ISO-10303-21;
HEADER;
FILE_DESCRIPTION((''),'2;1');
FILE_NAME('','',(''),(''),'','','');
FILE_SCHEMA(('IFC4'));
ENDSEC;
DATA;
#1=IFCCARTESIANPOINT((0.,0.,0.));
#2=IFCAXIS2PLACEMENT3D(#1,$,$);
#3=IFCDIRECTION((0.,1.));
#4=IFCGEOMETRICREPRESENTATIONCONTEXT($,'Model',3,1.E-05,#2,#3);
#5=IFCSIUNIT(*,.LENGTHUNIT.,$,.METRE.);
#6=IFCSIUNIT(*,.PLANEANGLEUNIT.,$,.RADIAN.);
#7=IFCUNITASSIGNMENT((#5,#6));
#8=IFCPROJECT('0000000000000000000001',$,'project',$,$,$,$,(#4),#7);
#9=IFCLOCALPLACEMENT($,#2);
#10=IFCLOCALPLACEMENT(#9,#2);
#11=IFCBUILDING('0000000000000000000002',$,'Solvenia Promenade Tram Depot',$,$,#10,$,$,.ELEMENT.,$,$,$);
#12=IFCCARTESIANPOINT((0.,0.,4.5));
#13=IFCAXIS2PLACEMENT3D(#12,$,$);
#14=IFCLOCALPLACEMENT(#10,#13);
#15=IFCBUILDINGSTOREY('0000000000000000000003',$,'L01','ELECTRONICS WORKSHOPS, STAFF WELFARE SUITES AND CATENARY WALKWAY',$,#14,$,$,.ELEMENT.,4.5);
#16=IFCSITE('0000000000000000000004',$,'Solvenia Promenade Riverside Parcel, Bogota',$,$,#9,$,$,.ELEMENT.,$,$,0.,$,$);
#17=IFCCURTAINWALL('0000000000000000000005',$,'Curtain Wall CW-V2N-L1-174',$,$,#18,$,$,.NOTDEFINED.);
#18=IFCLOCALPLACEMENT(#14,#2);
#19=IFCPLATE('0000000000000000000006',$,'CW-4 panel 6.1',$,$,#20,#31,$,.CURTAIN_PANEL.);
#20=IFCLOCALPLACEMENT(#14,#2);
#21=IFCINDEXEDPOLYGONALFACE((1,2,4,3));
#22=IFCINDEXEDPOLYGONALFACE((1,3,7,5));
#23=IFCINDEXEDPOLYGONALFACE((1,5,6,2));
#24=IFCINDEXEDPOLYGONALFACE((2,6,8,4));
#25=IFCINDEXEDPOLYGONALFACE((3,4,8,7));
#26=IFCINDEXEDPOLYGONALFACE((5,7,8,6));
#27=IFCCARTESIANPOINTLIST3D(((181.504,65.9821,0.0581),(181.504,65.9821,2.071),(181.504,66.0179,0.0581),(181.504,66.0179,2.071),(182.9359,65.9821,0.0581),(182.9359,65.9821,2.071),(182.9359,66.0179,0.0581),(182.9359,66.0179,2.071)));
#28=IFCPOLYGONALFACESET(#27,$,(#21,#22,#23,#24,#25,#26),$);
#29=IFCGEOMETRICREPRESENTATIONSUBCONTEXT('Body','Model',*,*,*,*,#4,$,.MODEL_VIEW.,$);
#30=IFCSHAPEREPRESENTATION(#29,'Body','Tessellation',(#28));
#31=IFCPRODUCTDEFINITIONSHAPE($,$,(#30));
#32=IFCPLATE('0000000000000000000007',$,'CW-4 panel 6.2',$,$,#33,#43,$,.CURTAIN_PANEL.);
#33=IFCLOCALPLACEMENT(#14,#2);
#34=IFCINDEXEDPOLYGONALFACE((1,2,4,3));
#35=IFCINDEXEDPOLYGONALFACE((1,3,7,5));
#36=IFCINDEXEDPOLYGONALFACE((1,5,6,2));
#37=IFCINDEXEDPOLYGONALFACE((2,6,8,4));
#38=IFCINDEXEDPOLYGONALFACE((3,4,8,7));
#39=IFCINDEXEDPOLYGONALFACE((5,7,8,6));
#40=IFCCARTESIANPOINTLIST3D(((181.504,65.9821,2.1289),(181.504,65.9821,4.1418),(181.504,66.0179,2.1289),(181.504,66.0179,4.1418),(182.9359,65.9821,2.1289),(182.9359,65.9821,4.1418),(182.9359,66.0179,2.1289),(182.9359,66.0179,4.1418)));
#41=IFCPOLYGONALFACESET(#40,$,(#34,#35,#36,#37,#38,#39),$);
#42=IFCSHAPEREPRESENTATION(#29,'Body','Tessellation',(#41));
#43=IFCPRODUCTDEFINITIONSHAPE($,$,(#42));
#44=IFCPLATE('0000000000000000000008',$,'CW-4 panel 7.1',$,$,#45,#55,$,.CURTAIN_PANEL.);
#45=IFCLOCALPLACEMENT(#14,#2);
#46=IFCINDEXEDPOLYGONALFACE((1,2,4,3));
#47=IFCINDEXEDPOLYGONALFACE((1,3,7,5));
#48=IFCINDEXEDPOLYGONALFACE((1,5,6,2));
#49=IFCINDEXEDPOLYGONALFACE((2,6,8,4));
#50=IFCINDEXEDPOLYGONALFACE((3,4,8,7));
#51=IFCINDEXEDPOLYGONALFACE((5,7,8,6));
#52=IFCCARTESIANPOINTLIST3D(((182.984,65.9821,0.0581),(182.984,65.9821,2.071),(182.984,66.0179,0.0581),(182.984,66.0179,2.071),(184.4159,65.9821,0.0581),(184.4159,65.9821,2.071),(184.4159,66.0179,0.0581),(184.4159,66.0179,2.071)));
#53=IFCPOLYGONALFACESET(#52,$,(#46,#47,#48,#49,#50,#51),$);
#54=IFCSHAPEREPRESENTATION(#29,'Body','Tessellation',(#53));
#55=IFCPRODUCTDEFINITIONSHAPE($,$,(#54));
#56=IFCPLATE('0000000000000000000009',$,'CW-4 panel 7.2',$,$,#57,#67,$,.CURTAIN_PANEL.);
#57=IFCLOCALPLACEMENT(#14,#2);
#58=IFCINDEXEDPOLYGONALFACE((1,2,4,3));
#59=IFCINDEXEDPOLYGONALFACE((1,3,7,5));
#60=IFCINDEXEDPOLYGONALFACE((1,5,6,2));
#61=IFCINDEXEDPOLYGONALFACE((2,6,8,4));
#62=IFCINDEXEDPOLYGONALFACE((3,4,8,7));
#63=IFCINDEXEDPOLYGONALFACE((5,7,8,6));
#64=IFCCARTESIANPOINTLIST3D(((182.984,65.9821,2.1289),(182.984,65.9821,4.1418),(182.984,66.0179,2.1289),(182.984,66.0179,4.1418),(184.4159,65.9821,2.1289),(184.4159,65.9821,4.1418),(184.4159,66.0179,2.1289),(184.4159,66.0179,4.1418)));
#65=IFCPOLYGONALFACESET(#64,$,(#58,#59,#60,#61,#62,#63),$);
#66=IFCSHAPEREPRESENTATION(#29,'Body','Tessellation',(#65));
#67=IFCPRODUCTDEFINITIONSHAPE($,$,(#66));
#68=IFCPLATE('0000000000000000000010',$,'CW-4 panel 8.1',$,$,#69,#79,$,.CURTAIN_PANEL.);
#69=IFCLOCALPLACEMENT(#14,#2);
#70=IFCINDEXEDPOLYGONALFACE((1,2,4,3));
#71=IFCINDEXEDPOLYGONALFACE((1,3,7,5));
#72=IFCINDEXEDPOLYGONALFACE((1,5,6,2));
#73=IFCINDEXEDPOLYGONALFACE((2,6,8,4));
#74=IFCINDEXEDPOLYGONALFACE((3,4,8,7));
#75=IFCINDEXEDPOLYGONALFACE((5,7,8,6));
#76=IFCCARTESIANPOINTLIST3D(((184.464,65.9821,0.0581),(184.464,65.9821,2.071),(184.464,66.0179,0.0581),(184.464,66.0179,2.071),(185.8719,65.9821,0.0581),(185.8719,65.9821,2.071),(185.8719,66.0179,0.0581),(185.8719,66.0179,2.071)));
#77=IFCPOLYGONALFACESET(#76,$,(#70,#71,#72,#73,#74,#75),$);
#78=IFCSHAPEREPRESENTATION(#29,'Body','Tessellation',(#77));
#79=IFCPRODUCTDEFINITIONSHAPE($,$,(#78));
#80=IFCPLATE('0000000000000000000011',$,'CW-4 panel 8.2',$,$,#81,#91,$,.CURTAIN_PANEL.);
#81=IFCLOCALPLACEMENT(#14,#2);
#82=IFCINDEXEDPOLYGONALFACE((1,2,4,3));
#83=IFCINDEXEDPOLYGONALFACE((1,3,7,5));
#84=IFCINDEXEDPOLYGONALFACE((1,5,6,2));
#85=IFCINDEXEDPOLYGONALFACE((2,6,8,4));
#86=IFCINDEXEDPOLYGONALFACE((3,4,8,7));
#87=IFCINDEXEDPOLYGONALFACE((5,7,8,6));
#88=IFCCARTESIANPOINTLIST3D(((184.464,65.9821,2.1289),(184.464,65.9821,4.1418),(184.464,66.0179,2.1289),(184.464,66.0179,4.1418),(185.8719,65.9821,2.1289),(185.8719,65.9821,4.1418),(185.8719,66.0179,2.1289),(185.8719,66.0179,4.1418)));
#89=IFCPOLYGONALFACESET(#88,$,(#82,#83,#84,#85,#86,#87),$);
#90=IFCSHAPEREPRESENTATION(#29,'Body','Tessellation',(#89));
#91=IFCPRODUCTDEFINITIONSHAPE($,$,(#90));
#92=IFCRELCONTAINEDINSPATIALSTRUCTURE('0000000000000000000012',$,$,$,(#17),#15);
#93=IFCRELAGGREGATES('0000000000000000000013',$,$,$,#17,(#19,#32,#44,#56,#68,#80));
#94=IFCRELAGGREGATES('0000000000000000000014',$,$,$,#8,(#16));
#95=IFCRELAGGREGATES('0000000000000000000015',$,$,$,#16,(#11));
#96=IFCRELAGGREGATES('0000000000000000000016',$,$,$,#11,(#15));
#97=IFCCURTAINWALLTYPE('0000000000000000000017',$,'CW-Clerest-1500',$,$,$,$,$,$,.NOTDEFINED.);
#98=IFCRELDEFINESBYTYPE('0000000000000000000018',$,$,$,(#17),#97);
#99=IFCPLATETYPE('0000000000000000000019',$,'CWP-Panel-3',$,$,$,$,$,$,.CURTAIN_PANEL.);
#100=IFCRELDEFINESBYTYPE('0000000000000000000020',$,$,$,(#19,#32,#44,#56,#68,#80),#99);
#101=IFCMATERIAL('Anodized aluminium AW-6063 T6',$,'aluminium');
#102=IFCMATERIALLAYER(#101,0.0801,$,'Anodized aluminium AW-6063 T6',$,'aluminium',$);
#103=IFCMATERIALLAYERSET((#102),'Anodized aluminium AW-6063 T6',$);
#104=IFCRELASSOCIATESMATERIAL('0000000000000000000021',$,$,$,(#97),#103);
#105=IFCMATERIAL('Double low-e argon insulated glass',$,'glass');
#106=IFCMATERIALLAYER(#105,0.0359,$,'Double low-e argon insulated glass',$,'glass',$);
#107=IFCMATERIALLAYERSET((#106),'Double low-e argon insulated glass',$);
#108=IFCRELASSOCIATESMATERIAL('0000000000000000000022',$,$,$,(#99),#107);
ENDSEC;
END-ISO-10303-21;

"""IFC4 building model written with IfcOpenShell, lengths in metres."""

from ifc_helpers import new_model, si_unit, direction, frame, origin, origin_2d, place, context, subcontext, project, spatial, rectangle, extrude, material, layer, layer_set, type_object, element, aggregate, save


model = new_model("IFC4")

# Units and contexts
model_context = context("Model", 3, precision=1e-05, world=origin(), true_north=direction((0.0, 1.0)))
body_context = subcontext(model_context, "Body", "Model", "MODEL_VIEW")
ifc_project = project(units=[si_unit("LENGTHUNIT", "METRE"), si_unit("PLANEANGLEUNIT", "RADIAN")], contexts=[model_context])

# Site, building, storey
site_placement = place(None, origin())
site = spatial("IfcSite", under=ifc_project, at=site_placement, Name="Solvenia Promenade Riverside Parcel, Bogota", CompositionType="ELEMENT", RefElevation=0.0)
building_placement = place(site_placement, origin())
building = spatial("IfcBuilding", under=site, at=building_placement, Name="Solvenia Promenade Tram Depot", CompositionType="ELEMENT")
storey_placement = place(building_placement, frame((0.0, 0.0, 4.5)))
storey = spatial("IfcBuildingStorey", under=building, at=storey_placement, Name="L01", Description="ELECTRONICS WORKSHOPS, STAFF WELFARE SUITES AND CATENARY WALKWAY", CompositionType="ELEMENT", Elevation=4.5)

# Curtain wall, plates
ifc_material_1 = material(Name="Anodized aluminium AW-6063 T6", Category="aluminium")
ifc_layer_1 = layer(ifc_material_1, 0.0801, Name="Anodized aluminium AW-6063 T6", Category="aluminium")
ifc_layer_set_1 = layer_set([ifc_layer_1], Name="Anodized aluminium AW-6063 T6")
curtain_wall_type = type_object("IfcCurtainWallType", Name="CW-Clerest-1500", PredefinedType="NOTDEFINED", material=ifc_layer_set_1)
curtain_wall_placement = place(storey_placement, origin())
curtain_wall = element("IfcCurtainWall", 1, at=curtain_wall_placement, inside=storey, type_object=curtain_wall_type, Name="Curtain Wall CW-V2N-L1-174", PredefinedType="NOTDEFINED")
ifc_material_2 = material(Name="Double low-e argon insulated glass", Category="glass")
ifc_layer_2 = layer(ifc_material_2, 0.0359, Name="Double low-e argon insulated glass", Category="glass")
ifc_layer_set_2 = layer_set([ifc_layer_2], Name="Double low-e argon insulated glass")
plate_type = type_object("IfcPlateType", Name="CWP-Panel-3", PredefinedType="CURTAIN_PANEL", material=ifc_layer_set_2)
plate_1_placement = place(storey_placement, frame((182.22, 66.0, 0.0581), z_axis=(0.0, 0.0, 1.0), x_axis=(1.0, 0.0, 0.0)))
plate_1 = element("IfcPlate", 2, at=plate_1_placement, type_object=plate_type, Name="CW-4 panel 6.1", PredefinedType="CURTAIN_PANEL", context=body_context, shape_type="SweptSolid", body=[
    extrude(rectangle(XDim=1.4319, YDim=0.0359, at=origin_2d()), origin(), (0.0, 0.0, 1.0), 2.0129),
])
plate_2_placement = place(storey_placement, frame((182.22, 66.0, 2.1289), z_axis=(0.0, 0.0, 1.0), x_axis=(1.0, 0.0, 0.0)))
plate_2 = element("IfcPlate", 3, at=plate_2_placement, type_object=plate_type, Name="CW-4 panel 6.2", PredefinedType="CURTAIN_PANEL", context=body_context, shape_type="SweptSolid", body=[
    extrude(rectangle(XDim=1.4319, YDim=0.0359, at=origin_2d()), origin(), (0.0, 0.0, 1.0), 2.0129),
])
plate_3_placement = place(storey_placement, frame((183.7, 66.0, 0.0581), z_axis=(0.0, 0.0, 1.0), x_axis=(1.0, 0.0, 0.0)))
plate_3 = element("IfcPlate", 4, at=plate_3_placement, type_object=plate_type, Name="CW-4 panel 7.1", PredefinedType="CURTAIN_PANEL", context=body_context, shape_type="SweptSolid", body=[
    extrude(rectangle(XDim=1.4319, YDim=0.0359, at=origin_2d()), origin(), (0.0, 0.0, 1.0), 2.0129),
])
plate_4_placement = place(storey_placement, frame((183.7, 66.0, 2.1289), z_axis=(0.0, 0.0, 1.0), x_axis=(1.0, 0.0, 0.0)))
plate_4 = element("IfcPlate", 5, at=plate_4_placement, type_object=plate_type, Name="CW-4 panel 7.2", PredefinedType="CURTAIN_PANEL", context=body_context, shape_type="SweptSolid", body=[
    extrude(rectangle(XDim=1.4319, YDim=0.0359, at=origin_2d()), origin(), (0.0, 0.0, 1.0), 2.0129),
])
plate_5_placement = place(storey_placement, frame((185.168, 66.0, 0.0581), z_axis=(0.0, 0.0, 1.0), x_axis=(1.0, 0.0, 0.0)))
plate_5 = element("IfcPlate", 6, at=plate_5_placement, type_object=plate_type, Name="CW-4 panel 8.1", PredefinedType="CURTAIN_PANEL", context=body_context, shape_type="SweptSolid", body=[
    extrude(rectangle(XDim=1.408, YDim=0.0359, at=origin_2d()), origin(), (0.0, 0.0, 1.0), 2.0129),
])
plate_6_placement = place(storey_placement, frame((185.168, 66.0, 2.1289), z_axis=(0.0, 0.0, 1.0), x_axis=(1.0, 0.0, 0.0)))
plate_6 = element("IfcPlate", 7, at=plate_6_placement, type_object=plate_type, Name="CW-4 panel 8.2", PredefinedType="CURTAIN_PANEL", context=body_context, shape_type="SweptSolid", body=[
    extrude(rectangle(XDim=1.408, YDim=0.0359, at=origin_2d()), origin(), (0.0, 0.0, 1.0), 2.0129),
])
aggregate(curtain_wall, [plate_1, plate_2, plate_3, plate_4, plate_5, plate_6])

save(model, "model.ifc")
